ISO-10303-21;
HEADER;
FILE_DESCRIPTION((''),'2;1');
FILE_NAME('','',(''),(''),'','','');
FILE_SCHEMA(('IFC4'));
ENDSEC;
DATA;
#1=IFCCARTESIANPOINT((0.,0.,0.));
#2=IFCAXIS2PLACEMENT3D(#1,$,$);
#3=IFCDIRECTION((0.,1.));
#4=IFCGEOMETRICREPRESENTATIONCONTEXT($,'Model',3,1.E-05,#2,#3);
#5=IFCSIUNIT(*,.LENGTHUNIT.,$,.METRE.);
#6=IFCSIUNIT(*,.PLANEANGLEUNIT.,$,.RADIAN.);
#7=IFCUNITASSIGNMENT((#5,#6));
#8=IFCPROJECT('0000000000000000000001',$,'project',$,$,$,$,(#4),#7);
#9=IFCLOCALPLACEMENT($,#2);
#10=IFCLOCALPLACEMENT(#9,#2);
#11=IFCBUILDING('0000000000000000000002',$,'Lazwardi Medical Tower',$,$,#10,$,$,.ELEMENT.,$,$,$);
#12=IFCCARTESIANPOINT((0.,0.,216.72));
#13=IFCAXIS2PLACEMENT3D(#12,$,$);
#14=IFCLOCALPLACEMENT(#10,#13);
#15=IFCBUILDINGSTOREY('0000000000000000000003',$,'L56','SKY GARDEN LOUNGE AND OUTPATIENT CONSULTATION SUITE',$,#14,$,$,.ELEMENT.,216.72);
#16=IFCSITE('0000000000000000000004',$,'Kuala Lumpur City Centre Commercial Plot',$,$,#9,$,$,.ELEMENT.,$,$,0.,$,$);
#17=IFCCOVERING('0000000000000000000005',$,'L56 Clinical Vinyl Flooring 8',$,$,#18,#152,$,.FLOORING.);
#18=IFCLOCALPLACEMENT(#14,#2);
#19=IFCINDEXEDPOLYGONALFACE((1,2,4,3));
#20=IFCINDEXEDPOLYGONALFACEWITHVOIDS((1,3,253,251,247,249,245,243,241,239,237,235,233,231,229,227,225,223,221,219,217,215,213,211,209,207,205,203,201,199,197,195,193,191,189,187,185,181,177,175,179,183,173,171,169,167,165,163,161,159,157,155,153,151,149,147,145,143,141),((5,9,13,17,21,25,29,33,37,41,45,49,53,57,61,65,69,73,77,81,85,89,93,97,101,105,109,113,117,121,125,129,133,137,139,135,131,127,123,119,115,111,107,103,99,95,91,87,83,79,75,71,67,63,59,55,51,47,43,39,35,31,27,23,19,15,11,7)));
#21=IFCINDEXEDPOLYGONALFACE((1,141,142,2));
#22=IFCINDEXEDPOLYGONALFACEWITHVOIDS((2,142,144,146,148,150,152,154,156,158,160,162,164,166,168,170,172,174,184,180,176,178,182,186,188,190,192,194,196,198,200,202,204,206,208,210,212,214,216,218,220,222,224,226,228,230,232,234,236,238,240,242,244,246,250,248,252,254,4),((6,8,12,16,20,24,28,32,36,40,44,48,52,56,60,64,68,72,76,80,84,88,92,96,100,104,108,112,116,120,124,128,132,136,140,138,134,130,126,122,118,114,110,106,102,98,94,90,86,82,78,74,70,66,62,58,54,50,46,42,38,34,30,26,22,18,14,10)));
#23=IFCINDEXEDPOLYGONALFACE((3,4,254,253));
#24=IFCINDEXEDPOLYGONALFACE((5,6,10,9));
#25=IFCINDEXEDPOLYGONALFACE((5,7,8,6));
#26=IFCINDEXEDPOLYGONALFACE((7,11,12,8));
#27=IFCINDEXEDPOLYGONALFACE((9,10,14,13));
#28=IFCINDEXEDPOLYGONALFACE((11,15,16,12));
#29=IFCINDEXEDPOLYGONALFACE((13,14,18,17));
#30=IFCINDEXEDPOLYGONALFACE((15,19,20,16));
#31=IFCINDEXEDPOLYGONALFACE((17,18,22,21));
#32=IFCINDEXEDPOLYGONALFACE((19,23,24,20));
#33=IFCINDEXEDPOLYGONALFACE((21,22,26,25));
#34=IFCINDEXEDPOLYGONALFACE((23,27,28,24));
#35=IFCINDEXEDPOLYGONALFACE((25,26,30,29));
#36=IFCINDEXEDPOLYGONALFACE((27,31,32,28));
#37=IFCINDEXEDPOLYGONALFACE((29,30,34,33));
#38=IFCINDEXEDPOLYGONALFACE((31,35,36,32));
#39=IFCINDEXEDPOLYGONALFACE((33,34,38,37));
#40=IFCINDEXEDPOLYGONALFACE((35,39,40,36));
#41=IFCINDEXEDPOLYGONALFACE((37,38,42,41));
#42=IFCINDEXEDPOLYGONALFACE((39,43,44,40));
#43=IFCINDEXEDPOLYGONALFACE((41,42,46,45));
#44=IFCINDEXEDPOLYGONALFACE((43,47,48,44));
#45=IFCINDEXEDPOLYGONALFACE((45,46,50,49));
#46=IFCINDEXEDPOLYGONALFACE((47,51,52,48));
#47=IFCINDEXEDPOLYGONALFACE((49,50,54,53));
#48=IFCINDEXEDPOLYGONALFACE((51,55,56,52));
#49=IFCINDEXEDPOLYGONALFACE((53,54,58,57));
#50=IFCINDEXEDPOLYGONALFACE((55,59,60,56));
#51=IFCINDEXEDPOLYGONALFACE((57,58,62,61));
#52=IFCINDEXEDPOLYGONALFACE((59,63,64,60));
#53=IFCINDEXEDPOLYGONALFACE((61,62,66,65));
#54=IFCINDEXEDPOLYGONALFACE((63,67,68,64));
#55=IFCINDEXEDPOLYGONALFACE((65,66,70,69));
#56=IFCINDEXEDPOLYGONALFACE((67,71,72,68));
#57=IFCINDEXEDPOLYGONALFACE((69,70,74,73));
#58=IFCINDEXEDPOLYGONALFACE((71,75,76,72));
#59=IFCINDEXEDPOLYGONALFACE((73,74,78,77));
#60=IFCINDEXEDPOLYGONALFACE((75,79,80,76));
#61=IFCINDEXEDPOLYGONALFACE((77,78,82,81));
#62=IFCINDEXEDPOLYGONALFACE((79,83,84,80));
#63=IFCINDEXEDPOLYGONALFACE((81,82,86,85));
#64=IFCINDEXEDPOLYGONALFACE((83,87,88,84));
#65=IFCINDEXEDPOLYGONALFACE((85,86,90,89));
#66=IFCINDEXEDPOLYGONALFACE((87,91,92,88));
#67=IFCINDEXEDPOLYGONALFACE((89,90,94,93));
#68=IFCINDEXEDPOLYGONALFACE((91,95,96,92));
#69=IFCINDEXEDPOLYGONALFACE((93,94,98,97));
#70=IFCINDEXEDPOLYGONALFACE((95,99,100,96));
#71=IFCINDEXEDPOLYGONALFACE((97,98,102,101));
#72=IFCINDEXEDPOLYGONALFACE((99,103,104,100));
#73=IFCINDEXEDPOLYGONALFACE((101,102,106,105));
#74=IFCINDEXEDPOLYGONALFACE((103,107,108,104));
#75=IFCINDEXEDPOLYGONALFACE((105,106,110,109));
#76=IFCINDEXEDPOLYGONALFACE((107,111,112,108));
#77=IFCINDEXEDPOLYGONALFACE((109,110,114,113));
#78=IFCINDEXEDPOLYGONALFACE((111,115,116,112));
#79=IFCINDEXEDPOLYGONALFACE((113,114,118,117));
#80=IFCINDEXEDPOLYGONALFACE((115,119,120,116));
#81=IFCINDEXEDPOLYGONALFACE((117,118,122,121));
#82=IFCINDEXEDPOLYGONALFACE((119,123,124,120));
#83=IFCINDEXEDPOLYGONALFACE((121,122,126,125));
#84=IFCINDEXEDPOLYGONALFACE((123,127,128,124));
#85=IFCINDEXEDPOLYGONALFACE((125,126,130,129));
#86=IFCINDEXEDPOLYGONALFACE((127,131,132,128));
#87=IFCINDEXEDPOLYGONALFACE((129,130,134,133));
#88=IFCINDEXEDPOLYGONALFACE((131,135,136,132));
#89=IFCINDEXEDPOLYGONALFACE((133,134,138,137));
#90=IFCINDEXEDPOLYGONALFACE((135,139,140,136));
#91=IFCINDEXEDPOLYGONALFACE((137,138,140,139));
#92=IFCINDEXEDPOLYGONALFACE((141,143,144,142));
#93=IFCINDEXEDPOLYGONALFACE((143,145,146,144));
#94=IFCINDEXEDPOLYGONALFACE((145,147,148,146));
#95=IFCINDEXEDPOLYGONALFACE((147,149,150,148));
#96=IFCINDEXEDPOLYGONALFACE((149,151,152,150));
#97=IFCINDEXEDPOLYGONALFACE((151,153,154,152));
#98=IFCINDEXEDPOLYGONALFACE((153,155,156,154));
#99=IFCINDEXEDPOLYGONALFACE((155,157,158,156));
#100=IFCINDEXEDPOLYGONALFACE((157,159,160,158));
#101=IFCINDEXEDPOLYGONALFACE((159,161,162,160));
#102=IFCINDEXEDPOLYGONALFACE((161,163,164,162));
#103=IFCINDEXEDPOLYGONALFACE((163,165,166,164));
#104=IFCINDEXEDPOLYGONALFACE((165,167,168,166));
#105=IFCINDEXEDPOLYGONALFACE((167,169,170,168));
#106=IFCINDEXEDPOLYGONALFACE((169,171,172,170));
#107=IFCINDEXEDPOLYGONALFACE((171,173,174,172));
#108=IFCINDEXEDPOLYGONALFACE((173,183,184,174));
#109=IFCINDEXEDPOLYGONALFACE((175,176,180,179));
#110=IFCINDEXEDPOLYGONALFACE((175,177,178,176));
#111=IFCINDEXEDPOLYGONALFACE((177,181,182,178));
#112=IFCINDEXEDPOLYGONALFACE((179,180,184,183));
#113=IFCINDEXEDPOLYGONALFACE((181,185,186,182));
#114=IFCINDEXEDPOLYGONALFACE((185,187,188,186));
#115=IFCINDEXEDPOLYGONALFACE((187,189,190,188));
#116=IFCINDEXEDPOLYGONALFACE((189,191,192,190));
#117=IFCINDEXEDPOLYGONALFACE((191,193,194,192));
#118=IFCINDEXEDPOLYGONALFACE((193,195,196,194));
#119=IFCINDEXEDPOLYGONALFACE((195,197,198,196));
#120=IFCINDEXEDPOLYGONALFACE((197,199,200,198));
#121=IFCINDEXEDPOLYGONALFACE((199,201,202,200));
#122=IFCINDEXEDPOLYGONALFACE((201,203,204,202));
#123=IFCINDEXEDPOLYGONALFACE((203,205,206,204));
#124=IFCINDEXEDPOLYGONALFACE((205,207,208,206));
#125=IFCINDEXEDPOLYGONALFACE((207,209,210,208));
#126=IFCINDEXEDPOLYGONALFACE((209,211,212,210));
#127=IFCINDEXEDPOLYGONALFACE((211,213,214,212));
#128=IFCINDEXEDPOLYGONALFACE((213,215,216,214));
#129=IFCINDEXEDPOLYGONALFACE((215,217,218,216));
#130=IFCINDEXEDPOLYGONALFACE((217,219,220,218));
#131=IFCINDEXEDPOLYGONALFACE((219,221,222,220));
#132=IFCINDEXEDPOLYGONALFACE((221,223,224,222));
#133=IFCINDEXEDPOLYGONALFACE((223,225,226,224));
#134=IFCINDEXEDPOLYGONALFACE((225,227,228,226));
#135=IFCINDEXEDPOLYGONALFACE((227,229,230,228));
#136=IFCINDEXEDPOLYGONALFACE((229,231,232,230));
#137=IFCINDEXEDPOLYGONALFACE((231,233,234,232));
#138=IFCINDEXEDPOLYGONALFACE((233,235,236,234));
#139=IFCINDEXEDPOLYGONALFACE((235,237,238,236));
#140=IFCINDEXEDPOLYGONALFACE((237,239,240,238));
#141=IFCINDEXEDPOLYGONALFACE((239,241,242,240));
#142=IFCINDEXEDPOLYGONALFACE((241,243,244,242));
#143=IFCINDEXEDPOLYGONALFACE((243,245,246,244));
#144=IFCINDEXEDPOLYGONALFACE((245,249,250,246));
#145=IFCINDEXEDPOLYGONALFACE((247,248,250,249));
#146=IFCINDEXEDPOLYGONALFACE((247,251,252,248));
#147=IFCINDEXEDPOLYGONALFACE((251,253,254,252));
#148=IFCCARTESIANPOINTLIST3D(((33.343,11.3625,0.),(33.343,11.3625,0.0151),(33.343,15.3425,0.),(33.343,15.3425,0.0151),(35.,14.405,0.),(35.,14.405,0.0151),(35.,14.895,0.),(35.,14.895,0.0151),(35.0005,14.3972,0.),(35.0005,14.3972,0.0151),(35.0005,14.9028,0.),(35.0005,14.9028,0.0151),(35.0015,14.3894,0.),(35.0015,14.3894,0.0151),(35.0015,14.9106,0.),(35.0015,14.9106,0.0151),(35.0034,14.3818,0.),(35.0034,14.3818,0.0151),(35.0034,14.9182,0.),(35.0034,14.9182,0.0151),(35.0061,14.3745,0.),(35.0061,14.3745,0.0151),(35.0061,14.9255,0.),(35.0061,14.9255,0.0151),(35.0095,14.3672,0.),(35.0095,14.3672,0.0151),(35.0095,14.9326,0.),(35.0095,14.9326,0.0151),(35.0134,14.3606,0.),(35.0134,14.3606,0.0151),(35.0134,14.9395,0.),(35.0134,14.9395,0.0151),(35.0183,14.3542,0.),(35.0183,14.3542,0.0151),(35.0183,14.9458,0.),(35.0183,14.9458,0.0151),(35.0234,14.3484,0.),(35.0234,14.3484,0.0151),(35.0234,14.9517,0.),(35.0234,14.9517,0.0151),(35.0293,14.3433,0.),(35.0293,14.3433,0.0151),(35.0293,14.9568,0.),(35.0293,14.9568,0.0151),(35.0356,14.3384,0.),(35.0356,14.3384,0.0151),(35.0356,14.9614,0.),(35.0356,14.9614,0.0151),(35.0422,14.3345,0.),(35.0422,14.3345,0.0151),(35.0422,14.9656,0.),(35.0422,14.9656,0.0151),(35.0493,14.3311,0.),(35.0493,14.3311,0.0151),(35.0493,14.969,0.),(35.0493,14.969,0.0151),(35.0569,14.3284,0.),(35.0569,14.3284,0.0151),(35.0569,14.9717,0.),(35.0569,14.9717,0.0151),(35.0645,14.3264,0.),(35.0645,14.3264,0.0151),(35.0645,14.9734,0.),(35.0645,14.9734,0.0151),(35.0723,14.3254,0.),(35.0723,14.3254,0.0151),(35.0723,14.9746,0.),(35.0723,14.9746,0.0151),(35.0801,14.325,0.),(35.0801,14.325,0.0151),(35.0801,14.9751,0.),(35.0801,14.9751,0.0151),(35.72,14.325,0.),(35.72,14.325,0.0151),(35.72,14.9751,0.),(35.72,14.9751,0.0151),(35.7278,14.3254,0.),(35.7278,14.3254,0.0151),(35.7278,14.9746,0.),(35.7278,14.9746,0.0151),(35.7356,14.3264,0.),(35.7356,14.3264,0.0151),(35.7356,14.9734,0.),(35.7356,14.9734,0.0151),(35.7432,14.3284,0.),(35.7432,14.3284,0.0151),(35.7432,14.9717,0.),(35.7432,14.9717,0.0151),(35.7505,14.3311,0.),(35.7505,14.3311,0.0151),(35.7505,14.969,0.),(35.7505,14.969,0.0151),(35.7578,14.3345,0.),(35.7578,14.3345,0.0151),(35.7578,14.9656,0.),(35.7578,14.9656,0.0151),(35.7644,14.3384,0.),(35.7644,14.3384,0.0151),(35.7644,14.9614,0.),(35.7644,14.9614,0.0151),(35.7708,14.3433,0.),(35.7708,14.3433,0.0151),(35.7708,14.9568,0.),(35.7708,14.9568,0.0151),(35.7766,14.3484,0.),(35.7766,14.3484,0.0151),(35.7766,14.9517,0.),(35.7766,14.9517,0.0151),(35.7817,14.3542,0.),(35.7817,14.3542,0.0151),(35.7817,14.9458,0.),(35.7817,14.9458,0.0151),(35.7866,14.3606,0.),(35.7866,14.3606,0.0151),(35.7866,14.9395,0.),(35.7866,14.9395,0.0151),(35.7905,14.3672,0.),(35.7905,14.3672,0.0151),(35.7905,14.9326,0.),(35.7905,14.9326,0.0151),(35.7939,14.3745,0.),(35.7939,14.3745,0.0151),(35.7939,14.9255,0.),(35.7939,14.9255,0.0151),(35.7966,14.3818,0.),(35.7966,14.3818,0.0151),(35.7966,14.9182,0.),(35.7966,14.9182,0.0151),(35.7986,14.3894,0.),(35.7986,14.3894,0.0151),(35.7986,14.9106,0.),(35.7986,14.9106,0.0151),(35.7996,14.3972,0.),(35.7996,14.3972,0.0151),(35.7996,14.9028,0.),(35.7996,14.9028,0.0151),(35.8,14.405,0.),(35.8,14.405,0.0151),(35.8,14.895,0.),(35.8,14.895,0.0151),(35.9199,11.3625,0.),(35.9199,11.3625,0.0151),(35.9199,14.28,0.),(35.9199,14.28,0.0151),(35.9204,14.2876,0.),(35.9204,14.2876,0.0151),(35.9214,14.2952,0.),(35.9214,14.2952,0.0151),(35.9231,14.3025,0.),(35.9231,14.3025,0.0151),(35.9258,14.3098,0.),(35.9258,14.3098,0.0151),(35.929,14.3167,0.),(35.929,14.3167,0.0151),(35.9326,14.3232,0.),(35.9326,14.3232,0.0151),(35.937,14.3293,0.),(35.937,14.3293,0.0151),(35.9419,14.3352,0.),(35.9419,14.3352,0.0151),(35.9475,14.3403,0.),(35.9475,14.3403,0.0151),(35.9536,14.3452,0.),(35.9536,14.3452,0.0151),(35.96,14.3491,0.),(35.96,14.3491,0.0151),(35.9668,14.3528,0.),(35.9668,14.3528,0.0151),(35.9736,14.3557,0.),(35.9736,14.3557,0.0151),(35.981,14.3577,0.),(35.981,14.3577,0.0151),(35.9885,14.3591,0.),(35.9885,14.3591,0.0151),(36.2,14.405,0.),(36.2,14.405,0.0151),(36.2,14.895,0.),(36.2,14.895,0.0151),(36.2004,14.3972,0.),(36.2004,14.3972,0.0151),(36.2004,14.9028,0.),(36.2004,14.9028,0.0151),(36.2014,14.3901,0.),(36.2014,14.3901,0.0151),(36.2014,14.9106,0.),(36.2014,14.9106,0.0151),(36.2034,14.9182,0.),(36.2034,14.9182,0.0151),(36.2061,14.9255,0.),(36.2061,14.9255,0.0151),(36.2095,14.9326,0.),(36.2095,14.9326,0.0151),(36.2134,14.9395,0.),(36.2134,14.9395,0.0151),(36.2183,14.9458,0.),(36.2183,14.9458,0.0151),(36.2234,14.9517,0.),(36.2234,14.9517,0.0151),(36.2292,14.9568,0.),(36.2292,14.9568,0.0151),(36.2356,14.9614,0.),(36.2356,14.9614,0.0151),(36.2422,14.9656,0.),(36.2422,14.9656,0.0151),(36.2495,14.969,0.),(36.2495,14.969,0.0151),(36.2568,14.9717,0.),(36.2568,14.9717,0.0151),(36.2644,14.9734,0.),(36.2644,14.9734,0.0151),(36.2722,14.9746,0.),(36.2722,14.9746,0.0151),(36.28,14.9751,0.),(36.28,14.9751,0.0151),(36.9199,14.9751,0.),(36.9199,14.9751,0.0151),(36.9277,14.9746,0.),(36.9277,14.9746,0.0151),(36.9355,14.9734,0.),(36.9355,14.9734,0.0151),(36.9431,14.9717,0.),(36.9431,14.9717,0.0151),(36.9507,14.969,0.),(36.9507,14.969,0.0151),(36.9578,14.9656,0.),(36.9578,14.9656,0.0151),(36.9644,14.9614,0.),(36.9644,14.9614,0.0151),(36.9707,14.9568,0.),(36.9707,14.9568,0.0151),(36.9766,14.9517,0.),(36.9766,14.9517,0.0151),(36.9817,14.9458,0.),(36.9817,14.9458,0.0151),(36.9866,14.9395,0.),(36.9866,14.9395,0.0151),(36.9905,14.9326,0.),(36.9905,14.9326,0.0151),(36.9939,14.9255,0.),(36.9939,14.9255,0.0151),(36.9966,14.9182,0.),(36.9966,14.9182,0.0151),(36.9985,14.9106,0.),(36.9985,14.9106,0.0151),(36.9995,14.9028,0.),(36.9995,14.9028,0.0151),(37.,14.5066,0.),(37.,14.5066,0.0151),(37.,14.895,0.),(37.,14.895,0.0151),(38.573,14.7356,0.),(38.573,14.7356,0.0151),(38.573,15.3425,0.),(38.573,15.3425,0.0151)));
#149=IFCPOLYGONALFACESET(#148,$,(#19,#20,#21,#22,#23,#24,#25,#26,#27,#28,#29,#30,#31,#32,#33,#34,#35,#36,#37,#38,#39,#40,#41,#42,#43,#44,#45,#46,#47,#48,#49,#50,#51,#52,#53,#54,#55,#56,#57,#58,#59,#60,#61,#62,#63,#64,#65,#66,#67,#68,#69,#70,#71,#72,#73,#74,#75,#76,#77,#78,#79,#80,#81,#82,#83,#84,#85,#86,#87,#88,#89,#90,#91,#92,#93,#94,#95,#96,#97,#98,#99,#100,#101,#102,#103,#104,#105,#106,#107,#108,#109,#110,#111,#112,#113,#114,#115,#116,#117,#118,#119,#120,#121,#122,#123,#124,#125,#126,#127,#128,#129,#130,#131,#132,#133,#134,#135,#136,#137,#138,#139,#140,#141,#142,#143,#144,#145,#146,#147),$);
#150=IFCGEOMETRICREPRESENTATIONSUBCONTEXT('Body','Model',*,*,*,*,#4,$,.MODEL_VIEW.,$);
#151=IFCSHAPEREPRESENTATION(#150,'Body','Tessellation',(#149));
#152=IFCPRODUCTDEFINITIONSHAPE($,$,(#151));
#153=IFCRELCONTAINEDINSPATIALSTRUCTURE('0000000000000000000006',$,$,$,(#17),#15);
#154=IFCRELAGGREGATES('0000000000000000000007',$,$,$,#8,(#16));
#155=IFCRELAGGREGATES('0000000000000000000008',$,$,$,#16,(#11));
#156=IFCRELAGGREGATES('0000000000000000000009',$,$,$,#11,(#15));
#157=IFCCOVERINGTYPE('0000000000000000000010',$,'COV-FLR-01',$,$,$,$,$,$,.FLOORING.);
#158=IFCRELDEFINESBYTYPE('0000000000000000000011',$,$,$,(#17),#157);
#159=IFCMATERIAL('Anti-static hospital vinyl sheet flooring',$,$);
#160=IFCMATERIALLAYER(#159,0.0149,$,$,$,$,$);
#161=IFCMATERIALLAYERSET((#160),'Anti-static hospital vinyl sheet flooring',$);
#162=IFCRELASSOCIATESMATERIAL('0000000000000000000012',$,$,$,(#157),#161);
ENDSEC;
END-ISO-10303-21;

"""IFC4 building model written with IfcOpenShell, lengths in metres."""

from ifc_helpers import new_model, si_unit, direction, frame, origin, place, context, subcontext, project, spatial, polyline, outline, extrude, material, layer, layer_set, type_object, element, save


model = new_model("IFC4")

# Units and contexts
model_context = context("Model", 3, precision=1e-05, world=origin(), true_north=direction((0.0, 1.0)))
body_context = subcontext(model_context, "Body", "Model", "MODEL_VIEW")
ifc_project = project(units=[si_unit("LENGTHUNIT", "METRE"), si_unit("PLANEANGLEUNIT", "RADIAN")], contexts=[model_context])

# Site, building, storey
site_placement = place(None, origin())
site = spatial("IfcSite", under=ifc_project, at=site_placement, Name="Kuala Lumpur City Centre Commercial Plot", CompositionType="ELEMENT", RefElevation=0.0)
building_placement = place(site_placement, origin())
building = spatial("IfcBuilding", under=site, at=building_placement, Name="Lazwardi Medical Tower", CompositionType="ELEMENT")
storey_placement = place(building_placement, frame((0.0, 0.0, 216.72)))
storey = spatial("IfcBuildingStorey", under=building, at=storey_placement, Name="L56", Description="SKY GARDEN LOUNGE AND OUTPATIENT CONSULTATION SUITE", CompositionType="ELEMENT", Elevation=216.72)

# Covering
ifc_material_1 = material(Name="Anti-static hospital vinyl sheet flooring")
ifc_layer_1 = layer(ifc_material_1, 0.0149)
ifc_layer_set_1 = layer_set([ifc_layer_1], Name="Anti-static hospital vinyl sheet flooring")
covering_type_1 = type_object("IfcCoveringType", Name="COV-FLR-01", PredefinedType="FLOORING", material=ifc_layer_set_1)
covering_1_placement = place(storey_placement, origin())
element("IfcCovering", 1, at=covering_1_placement, inside=storey, type_object=covering_type_1, Name="L56 Clinical Vinyl Flooring 8", PredefinedType="FLOORING", context=body_context, shape_type="SweptSolid", body=[
    extrude(outline(polyline([(35.9199, 11.3625), (35.9199, 14.28), (35.9204, 14.2876), (35.9214, 14.2952), (35.9231, 14.3025), (35.9258, 14.3098), (35.929, 14.3167), (35.9326, 14.3232), (35.937, 14.3293), (35.9419, 14.3352), (35.9475, 14.3403), (35.9536, 14.3452), (35.96, 14.3491), (35.9668, 14.3528), (35.9736, 14.3557), (35.981, 14.3577), (35.9885, 14.3591), (36.2014, 14.3901), (36.2004, 14.3972), (36.2, 14.405), (36.2, 14.895), (36.2004, 14.9028), (36.2014, 14.9106), (36.2034, 14.9182), (36.2061, 14.9255), (36.2095, 14.9326), (36.2134, 14.9395), (36.2183, 14.9458), (36.2234, 14.9517), (36.2292, 14.9568), (36.2356, 14.9614), (36.2422, 14.9656), (36.2495, 14.969), (36.2568, 14.9717), (36.2644, 14.9734), (36.2722, 14.9746), (36.28, 14.9751), (36.9199, 14.9751), (36.9277, 14.9746), (36.9355, 14.9734), (36.9431, 14.9717), (36.9507, 14.969), (36.9578, 14.9656), (36.9644, 14.9614), (36.9707, 14.9568), (36.9766, 14.9517), (36.9817, 14.9458), (36.9866, 14.9395), (36.9905, 14.9326), (36.9939, 14.9255), (36.9966, 14.9182), (36.9985, 14.9106), (36.9995, 14.9028), (37.0, 14.895), (37.0, 14.5066), (38.573, 14.7356), (38.573, 15.3425), (33.343, 15.3425), (33.343, 11.3625), (35.9199, 11.3625)]), holes=[polyline([(35.7432, 14.3284), (35.7356, 14.3264), (35.7278, 14.3254), (35.72, 14.325), (35.0801, 14.325), (35.0723, 14.3254), (35.0645, 14.3264), (35.0569, 14.3284), (35.0493, 14.3311), (35.0422, 14.3345), (35.0356, 14.3384), (35.0293, 14.3433), (35.0234, 14.3484), (35.0183, 14.3542), (35.0134, 14.3606), (35.0095, 14.3672), (35.0061, 14.3745), (35.0034, 14.3818), (35.0015, 14.3894), (35.0005, 14.3972), (35.0, 14.405), (35.0, 14.895), (35.0005, 14.9028), (35.0015, 14.9106), (35.0034, 14.9182), (35.0061, 14.9255), (35.0095, 14.9326), (35.0134, 14.9395), (35.0183, 14.9458), (35.0234, 14.9517), (35.0293, 14.9568), (35.0356, 14.9614), (35.0422, 14.9656), (35.0493, 14.969), (35.0569, 14.9717), (35.0645, 14.9734), (35.0723, 14.9746), (35.0801, 14.9751), (35.72, 14.9751), (35.7278, 14.9746), (35.7356, 14.9734), (35.7432, 14.9717), (35.7505, 14.969), (35.7578, 14.9656), (35.7644, 14.9614), (35.7708, 14.9568), (35.7766, 14.9517), (35.7817, 14.9458), (35.7866, 14.9395), (35.7905, 14.9326), (35.7939, 14.9255), (35.7966, 14.9182), (35.7986, 14.9106), (35.7996, 14.9028), (35.8, 14.895), (35.8, 14.405), (35.7996, 14.3972), (35.7986, 14.3894), (35.7966, 14.3818), (35.7939, 14.3745), (35.7905, 14.3672), (35.7866, 14.3606), (35.7817, 14.3542), (35.7766, 14.3484), (35.7708, 14.3433), (35.7644, 14.3384), (35.7578, 14.3345), (35.7505, 14.3311), (35.7432, 14.3284)])]), origin(), (0.0, 0.0, 1.0), 0.0151),
])

save(model, "model.ifc")
